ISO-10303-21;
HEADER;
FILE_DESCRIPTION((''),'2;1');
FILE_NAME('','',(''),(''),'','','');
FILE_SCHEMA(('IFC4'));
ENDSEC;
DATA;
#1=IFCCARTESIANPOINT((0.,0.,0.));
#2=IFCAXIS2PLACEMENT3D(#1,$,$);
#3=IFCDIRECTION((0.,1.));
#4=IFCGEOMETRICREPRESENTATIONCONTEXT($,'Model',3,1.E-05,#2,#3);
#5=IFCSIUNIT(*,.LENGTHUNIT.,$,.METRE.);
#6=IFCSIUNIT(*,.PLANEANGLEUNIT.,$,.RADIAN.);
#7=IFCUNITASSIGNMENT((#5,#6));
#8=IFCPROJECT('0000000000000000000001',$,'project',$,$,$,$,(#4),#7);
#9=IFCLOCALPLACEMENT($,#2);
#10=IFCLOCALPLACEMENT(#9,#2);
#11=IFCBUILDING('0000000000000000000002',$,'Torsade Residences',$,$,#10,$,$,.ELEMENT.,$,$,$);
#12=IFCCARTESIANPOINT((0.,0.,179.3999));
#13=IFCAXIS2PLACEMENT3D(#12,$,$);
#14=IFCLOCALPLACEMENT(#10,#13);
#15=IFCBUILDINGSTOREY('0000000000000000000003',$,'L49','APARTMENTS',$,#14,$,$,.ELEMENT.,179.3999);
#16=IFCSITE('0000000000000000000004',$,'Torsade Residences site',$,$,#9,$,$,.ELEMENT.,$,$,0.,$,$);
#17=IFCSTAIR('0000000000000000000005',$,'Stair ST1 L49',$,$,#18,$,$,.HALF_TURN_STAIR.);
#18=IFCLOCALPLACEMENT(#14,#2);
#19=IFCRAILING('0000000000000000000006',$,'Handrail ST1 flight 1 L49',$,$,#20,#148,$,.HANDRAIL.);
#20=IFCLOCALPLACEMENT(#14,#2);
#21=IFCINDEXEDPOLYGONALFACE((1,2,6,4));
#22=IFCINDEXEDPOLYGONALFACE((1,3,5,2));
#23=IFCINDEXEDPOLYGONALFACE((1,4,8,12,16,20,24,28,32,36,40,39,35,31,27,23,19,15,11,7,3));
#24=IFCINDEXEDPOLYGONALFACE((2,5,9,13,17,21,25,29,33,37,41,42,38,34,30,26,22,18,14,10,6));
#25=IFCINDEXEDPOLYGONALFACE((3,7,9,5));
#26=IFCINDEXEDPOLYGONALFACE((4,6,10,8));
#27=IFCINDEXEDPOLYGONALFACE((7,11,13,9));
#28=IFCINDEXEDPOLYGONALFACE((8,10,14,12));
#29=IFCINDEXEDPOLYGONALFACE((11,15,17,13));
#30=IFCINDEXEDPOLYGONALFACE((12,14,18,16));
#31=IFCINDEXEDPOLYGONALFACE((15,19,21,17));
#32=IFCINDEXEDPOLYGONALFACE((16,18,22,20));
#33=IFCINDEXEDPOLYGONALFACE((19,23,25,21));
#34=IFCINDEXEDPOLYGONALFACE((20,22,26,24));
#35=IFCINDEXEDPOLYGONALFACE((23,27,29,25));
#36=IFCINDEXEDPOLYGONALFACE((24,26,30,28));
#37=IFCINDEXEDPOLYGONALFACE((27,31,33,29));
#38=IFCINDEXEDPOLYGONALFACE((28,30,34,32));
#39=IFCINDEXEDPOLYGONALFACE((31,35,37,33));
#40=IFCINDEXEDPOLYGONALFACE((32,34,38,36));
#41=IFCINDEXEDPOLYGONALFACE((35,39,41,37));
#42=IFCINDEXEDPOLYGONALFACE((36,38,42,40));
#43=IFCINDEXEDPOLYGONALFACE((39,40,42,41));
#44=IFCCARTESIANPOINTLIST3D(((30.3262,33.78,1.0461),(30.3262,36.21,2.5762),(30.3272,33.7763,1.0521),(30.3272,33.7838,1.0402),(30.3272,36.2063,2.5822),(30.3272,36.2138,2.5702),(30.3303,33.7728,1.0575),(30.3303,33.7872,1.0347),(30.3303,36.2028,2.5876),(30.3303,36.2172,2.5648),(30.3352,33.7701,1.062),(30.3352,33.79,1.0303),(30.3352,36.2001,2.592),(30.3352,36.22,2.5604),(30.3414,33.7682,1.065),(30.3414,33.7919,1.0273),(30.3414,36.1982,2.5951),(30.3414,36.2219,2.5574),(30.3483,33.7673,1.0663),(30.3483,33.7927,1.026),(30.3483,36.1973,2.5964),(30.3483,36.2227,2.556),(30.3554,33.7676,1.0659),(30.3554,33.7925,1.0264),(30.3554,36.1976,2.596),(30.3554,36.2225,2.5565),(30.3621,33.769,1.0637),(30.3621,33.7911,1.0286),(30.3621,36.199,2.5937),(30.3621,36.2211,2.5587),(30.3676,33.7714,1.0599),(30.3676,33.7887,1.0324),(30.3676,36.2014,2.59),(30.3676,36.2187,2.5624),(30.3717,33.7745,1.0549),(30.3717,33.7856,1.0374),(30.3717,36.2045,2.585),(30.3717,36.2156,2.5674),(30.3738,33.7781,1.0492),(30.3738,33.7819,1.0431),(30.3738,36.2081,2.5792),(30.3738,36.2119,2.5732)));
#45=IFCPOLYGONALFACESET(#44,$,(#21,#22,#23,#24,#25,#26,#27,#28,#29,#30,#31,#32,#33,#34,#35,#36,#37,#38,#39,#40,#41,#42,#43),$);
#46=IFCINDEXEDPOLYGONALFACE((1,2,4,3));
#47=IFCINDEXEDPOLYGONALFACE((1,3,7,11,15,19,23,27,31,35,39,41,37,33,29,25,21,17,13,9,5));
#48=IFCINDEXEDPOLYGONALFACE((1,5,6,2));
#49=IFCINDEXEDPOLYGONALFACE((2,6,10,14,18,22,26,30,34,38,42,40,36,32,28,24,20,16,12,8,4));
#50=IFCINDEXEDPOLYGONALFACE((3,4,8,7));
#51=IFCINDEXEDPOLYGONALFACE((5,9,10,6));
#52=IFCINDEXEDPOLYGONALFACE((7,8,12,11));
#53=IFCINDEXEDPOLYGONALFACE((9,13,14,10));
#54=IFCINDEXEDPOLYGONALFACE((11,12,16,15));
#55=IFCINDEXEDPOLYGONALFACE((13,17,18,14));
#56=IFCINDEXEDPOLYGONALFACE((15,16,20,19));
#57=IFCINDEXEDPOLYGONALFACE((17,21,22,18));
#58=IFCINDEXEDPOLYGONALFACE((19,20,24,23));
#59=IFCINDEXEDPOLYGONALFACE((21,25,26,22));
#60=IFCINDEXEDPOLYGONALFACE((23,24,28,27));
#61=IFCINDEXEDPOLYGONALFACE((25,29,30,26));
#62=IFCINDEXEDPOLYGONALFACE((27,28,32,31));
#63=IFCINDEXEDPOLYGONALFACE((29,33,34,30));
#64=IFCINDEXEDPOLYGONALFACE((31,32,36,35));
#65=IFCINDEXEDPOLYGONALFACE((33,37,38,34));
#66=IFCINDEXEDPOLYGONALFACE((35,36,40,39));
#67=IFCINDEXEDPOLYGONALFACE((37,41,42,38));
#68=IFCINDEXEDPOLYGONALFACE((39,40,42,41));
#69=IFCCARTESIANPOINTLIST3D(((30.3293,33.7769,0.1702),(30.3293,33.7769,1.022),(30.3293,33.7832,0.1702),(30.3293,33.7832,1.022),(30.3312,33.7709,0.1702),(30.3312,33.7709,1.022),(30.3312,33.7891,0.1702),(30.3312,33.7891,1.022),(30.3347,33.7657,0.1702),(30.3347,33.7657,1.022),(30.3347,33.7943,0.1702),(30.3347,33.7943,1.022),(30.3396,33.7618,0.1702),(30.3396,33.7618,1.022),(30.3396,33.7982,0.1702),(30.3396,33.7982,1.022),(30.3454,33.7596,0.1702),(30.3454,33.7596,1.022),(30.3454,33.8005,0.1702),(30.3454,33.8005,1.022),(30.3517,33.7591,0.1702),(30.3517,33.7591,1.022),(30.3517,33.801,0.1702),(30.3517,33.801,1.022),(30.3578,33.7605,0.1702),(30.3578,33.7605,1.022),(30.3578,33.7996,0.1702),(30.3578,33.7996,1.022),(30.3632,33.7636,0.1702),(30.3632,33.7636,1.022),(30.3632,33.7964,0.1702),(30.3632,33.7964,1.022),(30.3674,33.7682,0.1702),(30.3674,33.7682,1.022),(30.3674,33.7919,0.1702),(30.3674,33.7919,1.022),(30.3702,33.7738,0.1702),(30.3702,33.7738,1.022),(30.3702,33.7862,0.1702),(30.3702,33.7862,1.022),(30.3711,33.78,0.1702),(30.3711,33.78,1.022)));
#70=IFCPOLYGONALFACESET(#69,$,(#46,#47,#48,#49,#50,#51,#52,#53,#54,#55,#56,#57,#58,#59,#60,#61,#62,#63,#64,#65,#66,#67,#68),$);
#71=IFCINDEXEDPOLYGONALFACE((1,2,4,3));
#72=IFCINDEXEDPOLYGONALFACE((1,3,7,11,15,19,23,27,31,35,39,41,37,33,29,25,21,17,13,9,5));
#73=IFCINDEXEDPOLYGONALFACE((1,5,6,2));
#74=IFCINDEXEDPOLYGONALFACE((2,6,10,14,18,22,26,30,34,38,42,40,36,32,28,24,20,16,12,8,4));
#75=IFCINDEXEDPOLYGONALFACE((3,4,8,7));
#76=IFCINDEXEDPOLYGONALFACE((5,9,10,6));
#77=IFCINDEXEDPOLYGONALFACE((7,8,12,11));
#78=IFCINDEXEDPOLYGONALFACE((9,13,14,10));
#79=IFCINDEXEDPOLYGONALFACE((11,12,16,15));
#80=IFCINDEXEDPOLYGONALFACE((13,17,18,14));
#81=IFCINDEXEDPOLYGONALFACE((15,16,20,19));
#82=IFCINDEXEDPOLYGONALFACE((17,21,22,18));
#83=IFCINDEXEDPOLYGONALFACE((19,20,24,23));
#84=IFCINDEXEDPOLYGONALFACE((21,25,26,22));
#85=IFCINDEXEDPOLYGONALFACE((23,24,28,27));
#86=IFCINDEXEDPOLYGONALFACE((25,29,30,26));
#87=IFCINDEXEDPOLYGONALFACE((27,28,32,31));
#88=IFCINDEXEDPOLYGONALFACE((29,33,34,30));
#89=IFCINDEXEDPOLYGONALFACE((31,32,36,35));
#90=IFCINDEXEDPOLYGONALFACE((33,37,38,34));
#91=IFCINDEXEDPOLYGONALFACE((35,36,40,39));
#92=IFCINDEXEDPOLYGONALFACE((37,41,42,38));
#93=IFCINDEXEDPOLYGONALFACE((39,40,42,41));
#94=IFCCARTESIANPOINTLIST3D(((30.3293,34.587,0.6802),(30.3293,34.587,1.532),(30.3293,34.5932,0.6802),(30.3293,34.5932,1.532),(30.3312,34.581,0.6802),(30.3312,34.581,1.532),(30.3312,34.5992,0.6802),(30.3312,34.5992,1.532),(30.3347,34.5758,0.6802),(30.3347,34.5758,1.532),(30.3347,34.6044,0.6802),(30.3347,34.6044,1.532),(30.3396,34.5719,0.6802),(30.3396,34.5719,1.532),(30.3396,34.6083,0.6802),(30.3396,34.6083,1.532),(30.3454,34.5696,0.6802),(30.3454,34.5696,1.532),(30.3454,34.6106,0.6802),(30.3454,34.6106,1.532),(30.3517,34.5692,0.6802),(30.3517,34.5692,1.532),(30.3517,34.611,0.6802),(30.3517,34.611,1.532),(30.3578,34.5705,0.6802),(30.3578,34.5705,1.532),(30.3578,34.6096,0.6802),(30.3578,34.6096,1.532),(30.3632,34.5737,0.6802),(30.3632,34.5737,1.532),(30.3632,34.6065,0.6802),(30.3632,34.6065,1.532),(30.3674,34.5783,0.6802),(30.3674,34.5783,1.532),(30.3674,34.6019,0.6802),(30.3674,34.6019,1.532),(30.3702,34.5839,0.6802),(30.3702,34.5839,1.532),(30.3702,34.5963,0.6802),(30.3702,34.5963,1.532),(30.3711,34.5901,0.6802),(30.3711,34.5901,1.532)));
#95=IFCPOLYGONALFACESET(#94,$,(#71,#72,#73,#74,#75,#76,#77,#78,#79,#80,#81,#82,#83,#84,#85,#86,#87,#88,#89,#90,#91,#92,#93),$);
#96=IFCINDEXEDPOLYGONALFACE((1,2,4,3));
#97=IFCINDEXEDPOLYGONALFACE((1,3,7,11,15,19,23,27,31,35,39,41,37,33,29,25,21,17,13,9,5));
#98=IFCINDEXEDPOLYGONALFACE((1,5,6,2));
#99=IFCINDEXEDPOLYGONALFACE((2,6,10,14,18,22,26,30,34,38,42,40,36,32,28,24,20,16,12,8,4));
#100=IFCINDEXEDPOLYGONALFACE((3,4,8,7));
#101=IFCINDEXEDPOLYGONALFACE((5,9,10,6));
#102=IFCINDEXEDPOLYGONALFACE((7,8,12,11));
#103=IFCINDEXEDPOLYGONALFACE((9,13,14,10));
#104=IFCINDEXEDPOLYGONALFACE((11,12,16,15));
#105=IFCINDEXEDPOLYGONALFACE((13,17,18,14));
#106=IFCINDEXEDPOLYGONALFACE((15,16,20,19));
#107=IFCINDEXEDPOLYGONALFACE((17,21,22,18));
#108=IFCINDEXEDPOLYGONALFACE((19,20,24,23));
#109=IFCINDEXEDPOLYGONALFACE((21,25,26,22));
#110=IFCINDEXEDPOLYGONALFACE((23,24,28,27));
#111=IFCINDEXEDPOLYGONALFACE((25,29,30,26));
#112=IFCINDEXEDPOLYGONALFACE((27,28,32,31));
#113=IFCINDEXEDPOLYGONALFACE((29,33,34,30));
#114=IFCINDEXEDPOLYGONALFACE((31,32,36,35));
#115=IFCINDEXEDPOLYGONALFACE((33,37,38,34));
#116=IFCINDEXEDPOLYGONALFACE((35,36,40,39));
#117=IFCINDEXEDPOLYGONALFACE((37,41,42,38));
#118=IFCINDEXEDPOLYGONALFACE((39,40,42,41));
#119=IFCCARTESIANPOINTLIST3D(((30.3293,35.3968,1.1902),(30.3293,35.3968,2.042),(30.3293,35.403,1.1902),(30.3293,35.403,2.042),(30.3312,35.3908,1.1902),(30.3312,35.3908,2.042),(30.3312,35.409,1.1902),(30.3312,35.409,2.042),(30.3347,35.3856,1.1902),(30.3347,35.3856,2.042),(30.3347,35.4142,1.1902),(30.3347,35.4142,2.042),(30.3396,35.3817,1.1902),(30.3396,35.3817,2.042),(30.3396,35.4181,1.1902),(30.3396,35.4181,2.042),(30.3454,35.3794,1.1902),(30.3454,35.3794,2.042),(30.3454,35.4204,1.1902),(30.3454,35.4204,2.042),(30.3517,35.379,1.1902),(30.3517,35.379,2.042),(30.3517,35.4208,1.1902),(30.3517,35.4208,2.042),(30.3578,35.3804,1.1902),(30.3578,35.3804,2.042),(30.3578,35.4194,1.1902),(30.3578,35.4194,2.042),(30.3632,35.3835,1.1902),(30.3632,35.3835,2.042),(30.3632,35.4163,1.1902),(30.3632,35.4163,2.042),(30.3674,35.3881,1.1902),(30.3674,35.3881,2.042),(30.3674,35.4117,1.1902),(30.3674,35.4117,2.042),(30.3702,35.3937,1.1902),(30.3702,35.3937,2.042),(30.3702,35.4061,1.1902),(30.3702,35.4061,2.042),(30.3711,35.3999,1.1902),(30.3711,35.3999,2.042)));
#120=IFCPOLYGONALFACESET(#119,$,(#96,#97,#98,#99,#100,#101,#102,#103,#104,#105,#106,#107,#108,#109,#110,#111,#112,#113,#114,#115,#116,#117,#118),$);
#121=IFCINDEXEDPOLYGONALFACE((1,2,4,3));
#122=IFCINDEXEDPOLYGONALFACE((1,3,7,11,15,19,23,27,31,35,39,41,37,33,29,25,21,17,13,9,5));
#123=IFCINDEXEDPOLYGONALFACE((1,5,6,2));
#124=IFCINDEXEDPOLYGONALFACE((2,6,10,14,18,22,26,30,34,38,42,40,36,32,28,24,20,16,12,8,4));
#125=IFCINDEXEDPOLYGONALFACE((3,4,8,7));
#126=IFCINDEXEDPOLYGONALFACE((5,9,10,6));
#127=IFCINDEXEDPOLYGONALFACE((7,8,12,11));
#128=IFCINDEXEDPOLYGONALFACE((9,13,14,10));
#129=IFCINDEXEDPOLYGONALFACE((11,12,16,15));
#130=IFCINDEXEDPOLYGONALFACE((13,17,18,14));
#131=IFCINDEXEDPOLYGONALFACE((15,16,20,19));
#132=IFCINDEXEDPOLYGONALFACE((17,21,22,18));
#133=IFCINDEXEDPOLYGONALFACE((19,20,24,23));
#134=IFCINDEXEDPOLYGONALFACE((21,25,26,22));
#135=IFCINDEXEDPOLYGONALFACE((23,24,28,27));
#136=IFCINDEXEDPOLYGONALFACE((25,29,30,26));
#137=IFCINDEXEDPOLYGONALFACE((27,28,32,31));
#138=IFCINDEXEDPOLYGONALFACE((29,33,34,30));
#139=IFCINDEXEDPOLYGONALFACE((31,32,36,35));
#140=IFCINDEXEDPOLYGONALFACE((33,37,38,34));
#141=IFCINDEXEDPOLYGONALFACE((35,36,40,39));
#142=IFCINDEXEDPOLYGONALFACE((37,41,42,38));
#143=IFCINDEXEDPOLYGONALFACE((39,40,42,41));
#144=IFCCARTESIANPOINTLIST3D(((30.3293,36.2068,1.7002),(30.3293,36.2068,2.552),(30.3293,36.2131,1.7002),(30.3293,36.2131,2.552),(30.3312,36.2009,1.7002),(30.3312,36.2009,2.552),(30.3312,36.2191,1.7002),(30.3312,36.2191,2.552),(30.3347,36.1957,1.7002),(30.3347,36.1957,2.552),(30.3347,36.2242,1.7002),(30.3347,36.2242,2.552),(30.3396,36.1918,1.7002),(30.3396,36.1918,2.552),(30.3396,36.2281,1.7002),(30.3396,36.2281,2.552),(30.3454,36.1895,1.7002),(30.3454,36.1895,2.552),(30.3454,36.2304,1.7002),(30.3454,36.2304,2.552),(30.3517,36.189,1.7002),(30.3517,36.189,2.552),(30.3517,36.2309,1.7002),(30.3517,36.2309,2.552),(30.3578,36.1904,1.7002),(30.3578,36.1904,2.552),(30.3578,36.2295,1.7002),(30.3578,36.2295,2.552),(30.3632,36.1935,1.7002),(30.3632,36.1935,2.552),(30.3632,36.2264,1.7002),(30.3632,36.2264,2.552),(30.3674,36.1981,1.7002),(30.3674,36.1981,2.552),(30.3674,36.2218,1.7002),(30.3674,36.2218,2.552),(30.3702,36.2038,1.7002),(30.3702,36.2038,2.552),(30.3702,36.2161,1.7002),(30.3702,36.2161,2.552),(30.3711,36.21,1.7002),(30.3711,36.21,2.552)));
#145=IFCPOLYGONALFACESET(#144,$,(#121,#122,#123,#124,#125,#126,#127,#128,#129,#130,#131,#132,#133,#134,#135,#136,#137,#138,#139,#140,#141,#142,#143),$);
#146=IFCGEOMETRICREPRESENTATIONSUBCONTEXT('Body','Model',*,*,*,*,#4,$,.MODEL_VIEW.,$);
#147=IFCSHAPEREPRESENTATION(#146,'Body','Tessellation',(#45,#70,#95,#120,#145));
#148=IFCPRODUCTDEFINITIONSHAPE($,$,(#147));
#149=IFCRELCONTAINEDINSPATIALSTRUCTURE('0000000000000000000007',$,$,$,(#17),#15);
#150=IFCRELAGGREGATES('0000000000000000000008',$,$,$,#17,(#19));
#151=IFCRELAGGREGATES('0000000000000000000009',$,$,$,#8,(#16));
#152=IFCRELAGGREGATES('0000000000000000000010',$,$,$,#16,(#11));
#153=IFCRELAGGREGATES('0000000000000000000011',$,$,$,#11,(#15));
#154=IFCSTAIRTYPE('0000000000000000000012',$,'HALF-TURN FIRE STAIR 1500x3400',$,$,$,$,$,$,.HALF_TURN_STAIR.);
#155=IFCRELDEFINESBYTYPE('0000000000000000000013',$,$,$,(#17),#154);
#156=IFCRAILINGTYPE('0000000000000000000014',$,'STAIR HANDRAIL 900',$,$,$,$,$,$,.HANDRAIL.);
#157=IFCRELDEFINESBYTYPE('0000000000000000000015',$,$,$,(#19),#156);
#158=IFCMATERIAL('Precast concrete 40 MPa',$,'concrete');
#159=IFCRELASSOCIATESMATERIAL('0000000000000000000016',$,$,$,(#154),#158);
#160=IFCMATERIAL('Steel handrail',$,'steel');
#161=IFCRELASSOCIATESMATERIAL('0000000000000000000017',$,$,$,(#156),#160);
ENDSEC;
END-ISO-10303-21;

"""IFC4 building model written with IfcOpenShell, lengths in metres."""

from ifc_helpers import new_model, si_unit, direction, frame, origin, origin_2d, place, context, subcontext, project, spatial, circle, extrude, material, type_object, element, aggregate, save


model = new_model("IFC4")

# Units and contexts
model_context = context("Model", 3, precision=1e-05, world=origin(), true_north=direction((0.0, 1.0)))
body_context = subcontext(model_context, "Body", "Model", "MODEL_VIEW")
ifc_project = project(units=[si_unit("LENGTHUNIT", "METRE"), si_unit("PLANEANGLEUNIT", "RADIAN")], contexts=[model_context])

# Site, building, storey
site_placement = place(None, origin())
site = spatial("IfcSite", under=ifc_project, at=site_placement, Name="Torsade Residences site", CompositionType="ELEMENT", RefElevation=0.0)
building_placement = place(site_placement, origin())
building = spatial("IfcBuilding", under=site, at=building_placement, Name="Torsade Residences", CompositionType="ELEMENT")
storey_placement = place(building_placement, frame((0.0, 0.0, 179.3999)))
storey = spatial("IfcBuildingStorey", under=building, at=storey_placement, Name="L49", Description="APARTMENTS", CompositionType="ELEMENT", Elevation=179.3999)

# Stair, railing
ifc_material_1 = material(Name="Precast concrete 40 MPa", Category="concrete")
stair_type = type_object("IfcStairType", Name="HALF-TURN FIRE STAIR 1500x3400", PredefinedType="HALF_TURN_STAIR", material=ifc_material_1)
stair_placement = place(storey_placement, origin())
stair = element("IfcStair", 1, at=stair_placement, inside=storey, type_object=stair_type, Name="Stair ST1 L49", PredefinedType="HALF_TURN_STAIR")
ifc_material_2 = material(Name="Steel handrail", Category="steel")
railing_type = type_object("IfcRailingType", Name="STAIR HANDRAIL 900", PredefinedType="HANDRAIL", material=ifc_material_2)
railing_placement = place(storey_placement, frame((30.3501, 33.78, 0.1702)))
railing = element("IfcRailing", 2, at=railing_placement, type_object=railing_type, Name="Handrail ST1 flight 1 L49", PredefinedType="HANDRAIL", context=body_context, shape_type="SweptSolid", body=[
    extrude(circle(Radius=0.0239, at=origin_2d()), frame((0.0, 0.0, 0.876), z_axis=(0.0, 0.846221, 0.532831), x_axis=(-1.0, 0.0, 0.0)), (0.0, 0.0, 1.0), 2.8716),
    extrude(circle(Radius=0.021, at=origin_2d()), origin(), (0.0, 0.0, 1.0), 0.8518),
    extrude(circle(Radius=0.021, at=origin_2d()), frame((0.0, 0.8101, 0.51)), (0.0, 0.0, 1.0), 0.8518),
    extrude(circle(Radius=0.021, at=origin_2d()), frame((0.0, 1.6199, 1.02)), (0.0, 0.0, 1.0), 0.8518),
    extrude(circle(Radius=0.021, at=origin_2d()), frame((0.0, 2.4299, 1.53)), (0.0, 0.0, 1.0), 0.8518),
])
aggregate(stair, [railing])

save(model, "model.ifc")
